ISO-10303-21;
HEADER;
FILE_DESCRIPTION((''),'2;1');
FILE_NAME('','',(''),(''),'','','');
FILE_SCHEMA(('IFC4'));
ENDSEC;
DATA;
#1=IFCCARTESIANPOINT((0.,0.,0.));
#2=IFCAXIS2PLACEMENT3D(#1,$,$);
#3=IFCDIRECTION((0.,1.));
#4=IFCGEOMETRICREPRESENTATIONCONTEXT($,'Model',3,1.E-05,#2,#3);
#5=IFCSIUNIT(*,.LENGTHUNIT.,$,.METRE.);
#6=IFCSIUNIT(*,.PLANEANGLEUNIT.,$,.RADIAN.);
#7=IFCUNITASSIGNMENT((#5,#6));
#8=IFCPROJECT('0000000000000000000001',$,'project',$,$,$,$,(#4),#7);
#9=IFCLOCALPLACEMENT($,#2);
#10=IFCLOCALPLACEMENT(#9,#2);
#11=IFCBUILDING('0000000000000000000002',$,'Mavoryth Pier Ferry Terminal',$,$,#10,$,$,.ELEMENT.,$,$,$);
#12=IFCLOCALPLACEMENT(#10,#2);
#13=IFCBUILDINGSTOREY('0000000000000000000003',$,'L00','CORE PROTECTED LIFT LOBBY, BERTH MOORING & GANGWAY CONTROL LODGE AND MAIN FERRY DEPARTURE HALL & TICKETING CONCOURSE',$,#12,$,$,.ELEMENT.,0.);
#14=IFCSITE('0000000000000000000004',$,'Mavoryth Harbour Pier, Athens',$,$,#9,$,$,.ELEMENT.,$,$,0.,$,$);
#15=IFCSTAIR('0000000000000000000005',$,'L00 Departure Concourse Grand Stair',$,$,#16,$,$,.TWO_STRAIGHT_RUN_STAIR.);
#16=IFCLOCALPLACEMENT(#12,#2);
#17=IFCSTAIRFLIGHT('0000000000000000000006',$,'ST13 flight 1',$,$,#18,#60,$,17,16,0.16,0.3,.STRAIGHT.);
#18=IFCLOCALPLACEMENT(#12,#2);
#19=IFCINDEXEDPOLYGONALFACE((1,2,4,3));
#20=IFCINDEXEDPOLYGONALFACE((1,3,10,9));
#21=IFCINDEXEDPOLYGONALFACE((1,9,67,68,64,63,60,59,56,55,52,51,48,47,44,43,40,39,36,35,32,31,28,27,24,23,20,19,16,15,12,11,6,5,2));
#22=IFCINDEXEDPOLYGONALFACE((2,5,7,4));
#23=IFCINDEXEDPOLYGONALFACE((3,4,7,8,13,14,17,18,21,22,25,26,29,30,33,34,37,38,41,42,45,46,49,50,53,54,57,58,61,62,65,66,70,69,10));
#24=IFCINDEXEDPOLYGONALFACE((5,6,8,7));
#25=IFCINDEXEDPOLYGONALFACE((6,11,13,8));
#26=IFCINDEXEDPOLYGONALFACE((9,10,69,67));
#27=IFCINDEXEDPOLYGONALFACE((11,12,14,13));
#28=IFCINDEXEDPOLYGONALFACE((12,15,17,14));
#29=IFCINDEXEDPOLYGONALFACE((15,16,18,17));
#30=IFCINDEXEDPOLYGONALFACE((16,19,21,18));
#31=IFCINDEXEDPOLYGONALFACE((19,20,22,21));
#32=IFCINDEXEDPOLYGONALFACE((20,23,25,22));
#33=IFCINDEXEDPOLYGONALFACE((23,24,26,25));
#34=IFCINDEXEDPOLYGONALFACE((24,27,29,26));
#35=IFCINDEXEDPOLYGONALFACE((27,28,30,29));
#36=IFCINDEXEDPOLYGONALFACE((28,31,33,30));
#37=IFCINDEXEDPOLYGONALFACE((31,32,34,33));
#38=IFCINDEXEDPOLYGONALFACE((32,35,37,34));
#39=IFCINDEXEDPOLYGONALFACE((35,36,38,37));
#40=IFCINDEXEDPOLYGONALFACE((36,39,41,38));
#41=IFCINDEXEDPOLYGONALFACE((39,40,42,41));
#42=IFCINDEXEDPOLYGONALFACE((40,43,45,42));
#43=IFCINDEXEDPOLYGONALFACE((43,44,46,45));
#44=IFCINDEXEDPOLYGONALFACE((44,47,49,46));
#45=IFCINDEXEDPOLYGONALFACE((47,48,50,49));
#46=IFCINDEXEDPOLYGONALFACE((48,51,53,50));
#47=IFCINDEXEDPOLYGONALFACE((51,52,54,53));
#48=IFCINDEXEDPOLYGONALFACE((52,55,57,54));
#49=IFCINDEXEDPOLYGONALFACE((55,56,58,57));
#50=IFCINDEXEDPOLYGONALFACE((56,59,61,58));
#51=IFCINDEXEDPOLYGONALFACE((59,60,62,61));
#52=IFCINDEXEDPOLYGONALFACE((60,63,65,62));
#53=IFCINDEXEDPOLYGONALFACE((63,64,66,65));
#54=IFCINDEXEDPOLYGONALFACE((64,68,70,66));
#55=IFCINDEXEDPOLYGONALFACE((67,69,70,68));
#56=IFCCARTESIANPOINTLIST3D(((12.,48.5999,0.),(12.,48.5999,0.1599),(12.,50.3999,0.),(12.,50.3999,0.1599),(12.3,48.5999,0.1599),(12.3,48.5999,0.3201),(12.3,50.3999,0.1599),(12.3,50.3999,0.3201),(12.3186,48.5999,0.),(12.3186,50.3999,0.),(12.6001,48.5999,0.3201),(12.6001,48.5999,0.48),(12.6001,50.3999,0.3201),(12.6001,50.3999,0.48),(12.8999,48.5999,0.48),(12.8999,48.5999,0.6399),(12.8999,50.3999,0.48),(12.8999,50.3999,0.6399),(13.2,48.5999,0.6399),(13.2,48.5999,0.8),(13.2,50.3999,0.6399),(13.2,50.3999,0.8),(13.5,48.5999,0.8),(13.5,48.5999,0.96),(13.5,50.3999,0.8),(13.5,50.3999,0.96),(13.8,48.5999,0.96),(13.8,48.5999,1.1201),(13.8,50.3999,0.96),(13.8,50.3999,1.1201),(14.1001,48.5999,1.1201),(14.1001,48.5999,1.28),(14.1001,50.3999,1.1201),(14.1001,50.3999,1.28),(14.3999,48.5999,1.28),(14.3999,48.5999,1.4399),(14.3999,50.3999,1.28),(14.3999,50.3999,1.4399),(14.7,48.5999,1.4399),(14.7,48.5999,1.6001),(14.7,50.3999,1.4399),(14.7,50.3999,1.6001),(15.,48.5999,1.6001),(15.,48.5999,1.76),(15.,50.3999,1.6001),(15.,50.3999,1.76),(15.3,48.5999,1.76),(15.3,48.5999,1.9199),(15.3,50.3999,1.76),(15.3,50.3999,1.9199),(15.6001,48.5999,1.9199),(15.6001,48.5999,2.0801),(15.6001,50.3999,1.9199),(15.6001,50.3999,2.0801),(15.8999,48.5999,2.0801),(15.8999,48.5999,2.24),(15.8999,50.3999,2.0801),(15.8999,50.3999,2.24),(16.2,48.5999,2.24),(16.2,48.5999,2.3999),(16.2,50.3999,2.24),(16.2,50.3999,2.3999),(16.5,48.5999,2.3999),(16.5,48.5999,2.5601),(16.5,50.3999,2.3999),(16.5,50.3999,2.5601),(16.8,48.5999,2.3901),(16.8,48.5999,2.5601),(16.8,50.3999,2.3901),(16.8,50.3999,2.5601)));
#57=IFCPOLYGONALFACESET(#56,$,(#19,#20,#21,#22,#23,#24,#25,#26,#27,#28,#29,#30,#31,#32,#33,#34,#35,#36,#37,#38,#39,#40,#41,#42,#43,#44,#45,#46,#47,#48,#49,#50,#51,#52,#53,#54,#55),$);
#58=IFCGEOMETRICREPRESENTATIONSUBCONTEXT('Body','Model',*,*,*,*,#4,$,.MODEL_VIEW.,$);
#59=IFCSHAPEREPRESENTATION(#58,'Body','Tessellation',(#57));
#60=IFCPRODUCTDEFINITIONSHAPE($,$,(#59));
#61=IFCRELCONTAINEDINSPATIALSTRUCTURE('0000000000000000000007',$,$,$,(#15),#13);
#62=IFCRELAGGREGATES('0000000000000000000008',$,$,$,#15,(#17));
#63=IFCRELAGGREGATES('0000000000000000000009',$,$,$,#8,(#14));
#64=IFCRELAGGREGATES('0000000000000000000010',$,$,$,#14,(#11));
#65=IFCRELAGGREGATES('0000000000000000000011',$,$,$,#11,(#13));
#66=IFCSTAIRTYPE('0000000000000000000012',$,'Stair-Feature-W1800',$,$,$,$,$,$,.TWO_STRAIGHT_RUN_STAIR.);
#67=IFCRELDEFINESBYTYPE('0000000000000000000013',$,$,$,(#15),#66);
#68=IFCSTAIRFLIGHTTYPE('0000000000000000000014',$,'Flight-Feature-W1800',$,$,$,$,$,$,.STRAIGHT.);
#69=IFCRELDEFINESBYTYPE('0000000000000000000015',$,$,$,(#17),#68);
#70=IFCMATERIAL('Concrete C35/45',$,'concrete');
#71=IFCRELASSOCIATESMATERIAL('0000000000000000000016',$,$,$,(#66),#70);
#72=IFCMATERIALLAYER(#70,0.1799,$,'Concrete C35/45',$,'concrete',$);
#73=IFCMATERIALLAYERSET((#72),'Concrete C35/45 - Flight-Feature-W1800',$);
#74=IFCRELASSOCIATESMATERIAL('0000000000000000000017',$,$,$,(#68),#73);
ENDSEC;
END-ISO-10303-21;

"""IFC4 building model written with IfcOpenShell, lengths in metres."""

from ifc_helpers import new_model, si_unit, direction, frame, origin, place, context, subcontext, project, spatial, polyline, outline, extrude, material, layer, layer_set, type_object, element, aggregate, save


model = new_model("IFC4")

# Units and contexts
model_context = context("Model", 3, precision=1e-05, world=origin(), true_north=direction((0.0, 1.0)))
body_context = subcontext(model_context, "Body", "Model", "MODEL_VIEW")
ifc_project = project(units=[si_unit("LENGTHUNIT", "METRE"), si_unit("PLANEANGLEUNIT", "RADIAN")], contexts=[model_context])

# Site, building, storey
site_placement = place(None, origin())
site = spatial("IfcSite", under=ifc_project, at=site_placement, Name="Mavoryth Harbour Pier, Athens", CompositionType="ELEMENT", RefElevation=0.0)
building_placement = place(site_placement, origin())
building = spatial("IfcBuilding", under=site, at=building_placement, Name="Mavoryth Pier Ferry Terminal", CompositionType="ELEMENT")
storey_placement = place(building_placement, origin())
storey = spatial("IfcBuildingStorey", under=building, at=storey_placement, Name="L00", Description="CORE PROTECTED LIFT LOBBY, BERTH MOORING & GANGWAY CONTROL LODGE AND MAIN FERRY DEPARTURE HALL & TICKETING CONCOURSE", CompositionType="ELEMENT", Elevation=0.0)

# Shared definitions
ifc_material_1 = material(Name="Concrete C35/45", Category="concrete")

# Stair, stair flight
stair_type = type_object("IfcStairType", Name="Stair-Feature-W1800", PredefinedType="TWO_STRAIGHT_RUN_STAIR", material=ifc_material_1)
stair_placement = place(storey_placement, origin())
stair = element("IfcStair", 1, at=stair_placement, inside=storey, type_object=stair_type, Name="L00 Departure Concourse Grand Stair", PredefinedType="TWO_STRAIGHT_RUN_STAIR")
ifc_layer_1 = layer(ifc_material_1, 0.1799, Name="Concrete C35/45", Category="concrete")
ifc_layer_set_1 = layer_set([ifc_layer_1], Name="Concrete C35/45 - Flight-Feature-W1800")
stair_flight_type = type_object("IfcStairFlightType", Name="Flight-Feature-W1800", PredefinedType="STRAIGHT", material=ifc_layer_set_1)
stair_flight_placement = place(storey_placement, frame((12.0, 49.5, 0.0), z_axis=(0.0, 0.0, 1.0), x_axis=(1.0, 0.0, 0.0)))
stair_flight = element("IfcStairFlight", 2, at=stair_flight_placement, type_object=stair_flight_type, Name="ST13 flight 1", NumberOfRisers=17, NumberOfTreads=16, PredefinedType="STRAIGHT", RiserHeight=0.16, TreadLength=0.3, context=body_context, shape_type="SweptSolid", body=[
    extrude(outline(polyline([(0.0, 0.0), (0.0, 0.1599), (0.3, 0.1599), (0.3, 0.3201), (0.6001, 0.3201), (0.6001, 0.48), (0.8999, 0.48), (0.8999, 0.6399), (1.2, 0.6399), (1.2, 0.8), (1.5, 0.8), (1.5, 0.96), (1.8, 0.96), (1.8, 1.1201), (2.1001, 1.1201), (2.1001, 1.28), (2.3999, 1.28), (2.3999, 1.4399), (2.7, 1.4399), (2.7, 1.6001), (3.0, 1.6001), (3.0, 1.76), (3.3, 1.76), (3.3, 1.9199), (3.6001, 1.9199), (3.6001, 2.0801), (3.8999, 2.0801), (3.8999, 2.24), (4.2, 2.24), (4.2, 2.3999), (4.5, 2.3999), (4.5, 2.5601), (4.8, 2.5601), (4.8, 2.72), (4.8, 2.3901), (0.3186, 0.0), (0.0, 0.0)])), frame((0.0, 0.8999, 0.0), z_axis=(0.0, -1.0, 0.0), x_axis=(1.0, 0.0, 0.0)), (0.0, 0.0, 1.0), 1.8),
])
aggregate(stair, [stair_flight])

save(model, "model.ifc")
